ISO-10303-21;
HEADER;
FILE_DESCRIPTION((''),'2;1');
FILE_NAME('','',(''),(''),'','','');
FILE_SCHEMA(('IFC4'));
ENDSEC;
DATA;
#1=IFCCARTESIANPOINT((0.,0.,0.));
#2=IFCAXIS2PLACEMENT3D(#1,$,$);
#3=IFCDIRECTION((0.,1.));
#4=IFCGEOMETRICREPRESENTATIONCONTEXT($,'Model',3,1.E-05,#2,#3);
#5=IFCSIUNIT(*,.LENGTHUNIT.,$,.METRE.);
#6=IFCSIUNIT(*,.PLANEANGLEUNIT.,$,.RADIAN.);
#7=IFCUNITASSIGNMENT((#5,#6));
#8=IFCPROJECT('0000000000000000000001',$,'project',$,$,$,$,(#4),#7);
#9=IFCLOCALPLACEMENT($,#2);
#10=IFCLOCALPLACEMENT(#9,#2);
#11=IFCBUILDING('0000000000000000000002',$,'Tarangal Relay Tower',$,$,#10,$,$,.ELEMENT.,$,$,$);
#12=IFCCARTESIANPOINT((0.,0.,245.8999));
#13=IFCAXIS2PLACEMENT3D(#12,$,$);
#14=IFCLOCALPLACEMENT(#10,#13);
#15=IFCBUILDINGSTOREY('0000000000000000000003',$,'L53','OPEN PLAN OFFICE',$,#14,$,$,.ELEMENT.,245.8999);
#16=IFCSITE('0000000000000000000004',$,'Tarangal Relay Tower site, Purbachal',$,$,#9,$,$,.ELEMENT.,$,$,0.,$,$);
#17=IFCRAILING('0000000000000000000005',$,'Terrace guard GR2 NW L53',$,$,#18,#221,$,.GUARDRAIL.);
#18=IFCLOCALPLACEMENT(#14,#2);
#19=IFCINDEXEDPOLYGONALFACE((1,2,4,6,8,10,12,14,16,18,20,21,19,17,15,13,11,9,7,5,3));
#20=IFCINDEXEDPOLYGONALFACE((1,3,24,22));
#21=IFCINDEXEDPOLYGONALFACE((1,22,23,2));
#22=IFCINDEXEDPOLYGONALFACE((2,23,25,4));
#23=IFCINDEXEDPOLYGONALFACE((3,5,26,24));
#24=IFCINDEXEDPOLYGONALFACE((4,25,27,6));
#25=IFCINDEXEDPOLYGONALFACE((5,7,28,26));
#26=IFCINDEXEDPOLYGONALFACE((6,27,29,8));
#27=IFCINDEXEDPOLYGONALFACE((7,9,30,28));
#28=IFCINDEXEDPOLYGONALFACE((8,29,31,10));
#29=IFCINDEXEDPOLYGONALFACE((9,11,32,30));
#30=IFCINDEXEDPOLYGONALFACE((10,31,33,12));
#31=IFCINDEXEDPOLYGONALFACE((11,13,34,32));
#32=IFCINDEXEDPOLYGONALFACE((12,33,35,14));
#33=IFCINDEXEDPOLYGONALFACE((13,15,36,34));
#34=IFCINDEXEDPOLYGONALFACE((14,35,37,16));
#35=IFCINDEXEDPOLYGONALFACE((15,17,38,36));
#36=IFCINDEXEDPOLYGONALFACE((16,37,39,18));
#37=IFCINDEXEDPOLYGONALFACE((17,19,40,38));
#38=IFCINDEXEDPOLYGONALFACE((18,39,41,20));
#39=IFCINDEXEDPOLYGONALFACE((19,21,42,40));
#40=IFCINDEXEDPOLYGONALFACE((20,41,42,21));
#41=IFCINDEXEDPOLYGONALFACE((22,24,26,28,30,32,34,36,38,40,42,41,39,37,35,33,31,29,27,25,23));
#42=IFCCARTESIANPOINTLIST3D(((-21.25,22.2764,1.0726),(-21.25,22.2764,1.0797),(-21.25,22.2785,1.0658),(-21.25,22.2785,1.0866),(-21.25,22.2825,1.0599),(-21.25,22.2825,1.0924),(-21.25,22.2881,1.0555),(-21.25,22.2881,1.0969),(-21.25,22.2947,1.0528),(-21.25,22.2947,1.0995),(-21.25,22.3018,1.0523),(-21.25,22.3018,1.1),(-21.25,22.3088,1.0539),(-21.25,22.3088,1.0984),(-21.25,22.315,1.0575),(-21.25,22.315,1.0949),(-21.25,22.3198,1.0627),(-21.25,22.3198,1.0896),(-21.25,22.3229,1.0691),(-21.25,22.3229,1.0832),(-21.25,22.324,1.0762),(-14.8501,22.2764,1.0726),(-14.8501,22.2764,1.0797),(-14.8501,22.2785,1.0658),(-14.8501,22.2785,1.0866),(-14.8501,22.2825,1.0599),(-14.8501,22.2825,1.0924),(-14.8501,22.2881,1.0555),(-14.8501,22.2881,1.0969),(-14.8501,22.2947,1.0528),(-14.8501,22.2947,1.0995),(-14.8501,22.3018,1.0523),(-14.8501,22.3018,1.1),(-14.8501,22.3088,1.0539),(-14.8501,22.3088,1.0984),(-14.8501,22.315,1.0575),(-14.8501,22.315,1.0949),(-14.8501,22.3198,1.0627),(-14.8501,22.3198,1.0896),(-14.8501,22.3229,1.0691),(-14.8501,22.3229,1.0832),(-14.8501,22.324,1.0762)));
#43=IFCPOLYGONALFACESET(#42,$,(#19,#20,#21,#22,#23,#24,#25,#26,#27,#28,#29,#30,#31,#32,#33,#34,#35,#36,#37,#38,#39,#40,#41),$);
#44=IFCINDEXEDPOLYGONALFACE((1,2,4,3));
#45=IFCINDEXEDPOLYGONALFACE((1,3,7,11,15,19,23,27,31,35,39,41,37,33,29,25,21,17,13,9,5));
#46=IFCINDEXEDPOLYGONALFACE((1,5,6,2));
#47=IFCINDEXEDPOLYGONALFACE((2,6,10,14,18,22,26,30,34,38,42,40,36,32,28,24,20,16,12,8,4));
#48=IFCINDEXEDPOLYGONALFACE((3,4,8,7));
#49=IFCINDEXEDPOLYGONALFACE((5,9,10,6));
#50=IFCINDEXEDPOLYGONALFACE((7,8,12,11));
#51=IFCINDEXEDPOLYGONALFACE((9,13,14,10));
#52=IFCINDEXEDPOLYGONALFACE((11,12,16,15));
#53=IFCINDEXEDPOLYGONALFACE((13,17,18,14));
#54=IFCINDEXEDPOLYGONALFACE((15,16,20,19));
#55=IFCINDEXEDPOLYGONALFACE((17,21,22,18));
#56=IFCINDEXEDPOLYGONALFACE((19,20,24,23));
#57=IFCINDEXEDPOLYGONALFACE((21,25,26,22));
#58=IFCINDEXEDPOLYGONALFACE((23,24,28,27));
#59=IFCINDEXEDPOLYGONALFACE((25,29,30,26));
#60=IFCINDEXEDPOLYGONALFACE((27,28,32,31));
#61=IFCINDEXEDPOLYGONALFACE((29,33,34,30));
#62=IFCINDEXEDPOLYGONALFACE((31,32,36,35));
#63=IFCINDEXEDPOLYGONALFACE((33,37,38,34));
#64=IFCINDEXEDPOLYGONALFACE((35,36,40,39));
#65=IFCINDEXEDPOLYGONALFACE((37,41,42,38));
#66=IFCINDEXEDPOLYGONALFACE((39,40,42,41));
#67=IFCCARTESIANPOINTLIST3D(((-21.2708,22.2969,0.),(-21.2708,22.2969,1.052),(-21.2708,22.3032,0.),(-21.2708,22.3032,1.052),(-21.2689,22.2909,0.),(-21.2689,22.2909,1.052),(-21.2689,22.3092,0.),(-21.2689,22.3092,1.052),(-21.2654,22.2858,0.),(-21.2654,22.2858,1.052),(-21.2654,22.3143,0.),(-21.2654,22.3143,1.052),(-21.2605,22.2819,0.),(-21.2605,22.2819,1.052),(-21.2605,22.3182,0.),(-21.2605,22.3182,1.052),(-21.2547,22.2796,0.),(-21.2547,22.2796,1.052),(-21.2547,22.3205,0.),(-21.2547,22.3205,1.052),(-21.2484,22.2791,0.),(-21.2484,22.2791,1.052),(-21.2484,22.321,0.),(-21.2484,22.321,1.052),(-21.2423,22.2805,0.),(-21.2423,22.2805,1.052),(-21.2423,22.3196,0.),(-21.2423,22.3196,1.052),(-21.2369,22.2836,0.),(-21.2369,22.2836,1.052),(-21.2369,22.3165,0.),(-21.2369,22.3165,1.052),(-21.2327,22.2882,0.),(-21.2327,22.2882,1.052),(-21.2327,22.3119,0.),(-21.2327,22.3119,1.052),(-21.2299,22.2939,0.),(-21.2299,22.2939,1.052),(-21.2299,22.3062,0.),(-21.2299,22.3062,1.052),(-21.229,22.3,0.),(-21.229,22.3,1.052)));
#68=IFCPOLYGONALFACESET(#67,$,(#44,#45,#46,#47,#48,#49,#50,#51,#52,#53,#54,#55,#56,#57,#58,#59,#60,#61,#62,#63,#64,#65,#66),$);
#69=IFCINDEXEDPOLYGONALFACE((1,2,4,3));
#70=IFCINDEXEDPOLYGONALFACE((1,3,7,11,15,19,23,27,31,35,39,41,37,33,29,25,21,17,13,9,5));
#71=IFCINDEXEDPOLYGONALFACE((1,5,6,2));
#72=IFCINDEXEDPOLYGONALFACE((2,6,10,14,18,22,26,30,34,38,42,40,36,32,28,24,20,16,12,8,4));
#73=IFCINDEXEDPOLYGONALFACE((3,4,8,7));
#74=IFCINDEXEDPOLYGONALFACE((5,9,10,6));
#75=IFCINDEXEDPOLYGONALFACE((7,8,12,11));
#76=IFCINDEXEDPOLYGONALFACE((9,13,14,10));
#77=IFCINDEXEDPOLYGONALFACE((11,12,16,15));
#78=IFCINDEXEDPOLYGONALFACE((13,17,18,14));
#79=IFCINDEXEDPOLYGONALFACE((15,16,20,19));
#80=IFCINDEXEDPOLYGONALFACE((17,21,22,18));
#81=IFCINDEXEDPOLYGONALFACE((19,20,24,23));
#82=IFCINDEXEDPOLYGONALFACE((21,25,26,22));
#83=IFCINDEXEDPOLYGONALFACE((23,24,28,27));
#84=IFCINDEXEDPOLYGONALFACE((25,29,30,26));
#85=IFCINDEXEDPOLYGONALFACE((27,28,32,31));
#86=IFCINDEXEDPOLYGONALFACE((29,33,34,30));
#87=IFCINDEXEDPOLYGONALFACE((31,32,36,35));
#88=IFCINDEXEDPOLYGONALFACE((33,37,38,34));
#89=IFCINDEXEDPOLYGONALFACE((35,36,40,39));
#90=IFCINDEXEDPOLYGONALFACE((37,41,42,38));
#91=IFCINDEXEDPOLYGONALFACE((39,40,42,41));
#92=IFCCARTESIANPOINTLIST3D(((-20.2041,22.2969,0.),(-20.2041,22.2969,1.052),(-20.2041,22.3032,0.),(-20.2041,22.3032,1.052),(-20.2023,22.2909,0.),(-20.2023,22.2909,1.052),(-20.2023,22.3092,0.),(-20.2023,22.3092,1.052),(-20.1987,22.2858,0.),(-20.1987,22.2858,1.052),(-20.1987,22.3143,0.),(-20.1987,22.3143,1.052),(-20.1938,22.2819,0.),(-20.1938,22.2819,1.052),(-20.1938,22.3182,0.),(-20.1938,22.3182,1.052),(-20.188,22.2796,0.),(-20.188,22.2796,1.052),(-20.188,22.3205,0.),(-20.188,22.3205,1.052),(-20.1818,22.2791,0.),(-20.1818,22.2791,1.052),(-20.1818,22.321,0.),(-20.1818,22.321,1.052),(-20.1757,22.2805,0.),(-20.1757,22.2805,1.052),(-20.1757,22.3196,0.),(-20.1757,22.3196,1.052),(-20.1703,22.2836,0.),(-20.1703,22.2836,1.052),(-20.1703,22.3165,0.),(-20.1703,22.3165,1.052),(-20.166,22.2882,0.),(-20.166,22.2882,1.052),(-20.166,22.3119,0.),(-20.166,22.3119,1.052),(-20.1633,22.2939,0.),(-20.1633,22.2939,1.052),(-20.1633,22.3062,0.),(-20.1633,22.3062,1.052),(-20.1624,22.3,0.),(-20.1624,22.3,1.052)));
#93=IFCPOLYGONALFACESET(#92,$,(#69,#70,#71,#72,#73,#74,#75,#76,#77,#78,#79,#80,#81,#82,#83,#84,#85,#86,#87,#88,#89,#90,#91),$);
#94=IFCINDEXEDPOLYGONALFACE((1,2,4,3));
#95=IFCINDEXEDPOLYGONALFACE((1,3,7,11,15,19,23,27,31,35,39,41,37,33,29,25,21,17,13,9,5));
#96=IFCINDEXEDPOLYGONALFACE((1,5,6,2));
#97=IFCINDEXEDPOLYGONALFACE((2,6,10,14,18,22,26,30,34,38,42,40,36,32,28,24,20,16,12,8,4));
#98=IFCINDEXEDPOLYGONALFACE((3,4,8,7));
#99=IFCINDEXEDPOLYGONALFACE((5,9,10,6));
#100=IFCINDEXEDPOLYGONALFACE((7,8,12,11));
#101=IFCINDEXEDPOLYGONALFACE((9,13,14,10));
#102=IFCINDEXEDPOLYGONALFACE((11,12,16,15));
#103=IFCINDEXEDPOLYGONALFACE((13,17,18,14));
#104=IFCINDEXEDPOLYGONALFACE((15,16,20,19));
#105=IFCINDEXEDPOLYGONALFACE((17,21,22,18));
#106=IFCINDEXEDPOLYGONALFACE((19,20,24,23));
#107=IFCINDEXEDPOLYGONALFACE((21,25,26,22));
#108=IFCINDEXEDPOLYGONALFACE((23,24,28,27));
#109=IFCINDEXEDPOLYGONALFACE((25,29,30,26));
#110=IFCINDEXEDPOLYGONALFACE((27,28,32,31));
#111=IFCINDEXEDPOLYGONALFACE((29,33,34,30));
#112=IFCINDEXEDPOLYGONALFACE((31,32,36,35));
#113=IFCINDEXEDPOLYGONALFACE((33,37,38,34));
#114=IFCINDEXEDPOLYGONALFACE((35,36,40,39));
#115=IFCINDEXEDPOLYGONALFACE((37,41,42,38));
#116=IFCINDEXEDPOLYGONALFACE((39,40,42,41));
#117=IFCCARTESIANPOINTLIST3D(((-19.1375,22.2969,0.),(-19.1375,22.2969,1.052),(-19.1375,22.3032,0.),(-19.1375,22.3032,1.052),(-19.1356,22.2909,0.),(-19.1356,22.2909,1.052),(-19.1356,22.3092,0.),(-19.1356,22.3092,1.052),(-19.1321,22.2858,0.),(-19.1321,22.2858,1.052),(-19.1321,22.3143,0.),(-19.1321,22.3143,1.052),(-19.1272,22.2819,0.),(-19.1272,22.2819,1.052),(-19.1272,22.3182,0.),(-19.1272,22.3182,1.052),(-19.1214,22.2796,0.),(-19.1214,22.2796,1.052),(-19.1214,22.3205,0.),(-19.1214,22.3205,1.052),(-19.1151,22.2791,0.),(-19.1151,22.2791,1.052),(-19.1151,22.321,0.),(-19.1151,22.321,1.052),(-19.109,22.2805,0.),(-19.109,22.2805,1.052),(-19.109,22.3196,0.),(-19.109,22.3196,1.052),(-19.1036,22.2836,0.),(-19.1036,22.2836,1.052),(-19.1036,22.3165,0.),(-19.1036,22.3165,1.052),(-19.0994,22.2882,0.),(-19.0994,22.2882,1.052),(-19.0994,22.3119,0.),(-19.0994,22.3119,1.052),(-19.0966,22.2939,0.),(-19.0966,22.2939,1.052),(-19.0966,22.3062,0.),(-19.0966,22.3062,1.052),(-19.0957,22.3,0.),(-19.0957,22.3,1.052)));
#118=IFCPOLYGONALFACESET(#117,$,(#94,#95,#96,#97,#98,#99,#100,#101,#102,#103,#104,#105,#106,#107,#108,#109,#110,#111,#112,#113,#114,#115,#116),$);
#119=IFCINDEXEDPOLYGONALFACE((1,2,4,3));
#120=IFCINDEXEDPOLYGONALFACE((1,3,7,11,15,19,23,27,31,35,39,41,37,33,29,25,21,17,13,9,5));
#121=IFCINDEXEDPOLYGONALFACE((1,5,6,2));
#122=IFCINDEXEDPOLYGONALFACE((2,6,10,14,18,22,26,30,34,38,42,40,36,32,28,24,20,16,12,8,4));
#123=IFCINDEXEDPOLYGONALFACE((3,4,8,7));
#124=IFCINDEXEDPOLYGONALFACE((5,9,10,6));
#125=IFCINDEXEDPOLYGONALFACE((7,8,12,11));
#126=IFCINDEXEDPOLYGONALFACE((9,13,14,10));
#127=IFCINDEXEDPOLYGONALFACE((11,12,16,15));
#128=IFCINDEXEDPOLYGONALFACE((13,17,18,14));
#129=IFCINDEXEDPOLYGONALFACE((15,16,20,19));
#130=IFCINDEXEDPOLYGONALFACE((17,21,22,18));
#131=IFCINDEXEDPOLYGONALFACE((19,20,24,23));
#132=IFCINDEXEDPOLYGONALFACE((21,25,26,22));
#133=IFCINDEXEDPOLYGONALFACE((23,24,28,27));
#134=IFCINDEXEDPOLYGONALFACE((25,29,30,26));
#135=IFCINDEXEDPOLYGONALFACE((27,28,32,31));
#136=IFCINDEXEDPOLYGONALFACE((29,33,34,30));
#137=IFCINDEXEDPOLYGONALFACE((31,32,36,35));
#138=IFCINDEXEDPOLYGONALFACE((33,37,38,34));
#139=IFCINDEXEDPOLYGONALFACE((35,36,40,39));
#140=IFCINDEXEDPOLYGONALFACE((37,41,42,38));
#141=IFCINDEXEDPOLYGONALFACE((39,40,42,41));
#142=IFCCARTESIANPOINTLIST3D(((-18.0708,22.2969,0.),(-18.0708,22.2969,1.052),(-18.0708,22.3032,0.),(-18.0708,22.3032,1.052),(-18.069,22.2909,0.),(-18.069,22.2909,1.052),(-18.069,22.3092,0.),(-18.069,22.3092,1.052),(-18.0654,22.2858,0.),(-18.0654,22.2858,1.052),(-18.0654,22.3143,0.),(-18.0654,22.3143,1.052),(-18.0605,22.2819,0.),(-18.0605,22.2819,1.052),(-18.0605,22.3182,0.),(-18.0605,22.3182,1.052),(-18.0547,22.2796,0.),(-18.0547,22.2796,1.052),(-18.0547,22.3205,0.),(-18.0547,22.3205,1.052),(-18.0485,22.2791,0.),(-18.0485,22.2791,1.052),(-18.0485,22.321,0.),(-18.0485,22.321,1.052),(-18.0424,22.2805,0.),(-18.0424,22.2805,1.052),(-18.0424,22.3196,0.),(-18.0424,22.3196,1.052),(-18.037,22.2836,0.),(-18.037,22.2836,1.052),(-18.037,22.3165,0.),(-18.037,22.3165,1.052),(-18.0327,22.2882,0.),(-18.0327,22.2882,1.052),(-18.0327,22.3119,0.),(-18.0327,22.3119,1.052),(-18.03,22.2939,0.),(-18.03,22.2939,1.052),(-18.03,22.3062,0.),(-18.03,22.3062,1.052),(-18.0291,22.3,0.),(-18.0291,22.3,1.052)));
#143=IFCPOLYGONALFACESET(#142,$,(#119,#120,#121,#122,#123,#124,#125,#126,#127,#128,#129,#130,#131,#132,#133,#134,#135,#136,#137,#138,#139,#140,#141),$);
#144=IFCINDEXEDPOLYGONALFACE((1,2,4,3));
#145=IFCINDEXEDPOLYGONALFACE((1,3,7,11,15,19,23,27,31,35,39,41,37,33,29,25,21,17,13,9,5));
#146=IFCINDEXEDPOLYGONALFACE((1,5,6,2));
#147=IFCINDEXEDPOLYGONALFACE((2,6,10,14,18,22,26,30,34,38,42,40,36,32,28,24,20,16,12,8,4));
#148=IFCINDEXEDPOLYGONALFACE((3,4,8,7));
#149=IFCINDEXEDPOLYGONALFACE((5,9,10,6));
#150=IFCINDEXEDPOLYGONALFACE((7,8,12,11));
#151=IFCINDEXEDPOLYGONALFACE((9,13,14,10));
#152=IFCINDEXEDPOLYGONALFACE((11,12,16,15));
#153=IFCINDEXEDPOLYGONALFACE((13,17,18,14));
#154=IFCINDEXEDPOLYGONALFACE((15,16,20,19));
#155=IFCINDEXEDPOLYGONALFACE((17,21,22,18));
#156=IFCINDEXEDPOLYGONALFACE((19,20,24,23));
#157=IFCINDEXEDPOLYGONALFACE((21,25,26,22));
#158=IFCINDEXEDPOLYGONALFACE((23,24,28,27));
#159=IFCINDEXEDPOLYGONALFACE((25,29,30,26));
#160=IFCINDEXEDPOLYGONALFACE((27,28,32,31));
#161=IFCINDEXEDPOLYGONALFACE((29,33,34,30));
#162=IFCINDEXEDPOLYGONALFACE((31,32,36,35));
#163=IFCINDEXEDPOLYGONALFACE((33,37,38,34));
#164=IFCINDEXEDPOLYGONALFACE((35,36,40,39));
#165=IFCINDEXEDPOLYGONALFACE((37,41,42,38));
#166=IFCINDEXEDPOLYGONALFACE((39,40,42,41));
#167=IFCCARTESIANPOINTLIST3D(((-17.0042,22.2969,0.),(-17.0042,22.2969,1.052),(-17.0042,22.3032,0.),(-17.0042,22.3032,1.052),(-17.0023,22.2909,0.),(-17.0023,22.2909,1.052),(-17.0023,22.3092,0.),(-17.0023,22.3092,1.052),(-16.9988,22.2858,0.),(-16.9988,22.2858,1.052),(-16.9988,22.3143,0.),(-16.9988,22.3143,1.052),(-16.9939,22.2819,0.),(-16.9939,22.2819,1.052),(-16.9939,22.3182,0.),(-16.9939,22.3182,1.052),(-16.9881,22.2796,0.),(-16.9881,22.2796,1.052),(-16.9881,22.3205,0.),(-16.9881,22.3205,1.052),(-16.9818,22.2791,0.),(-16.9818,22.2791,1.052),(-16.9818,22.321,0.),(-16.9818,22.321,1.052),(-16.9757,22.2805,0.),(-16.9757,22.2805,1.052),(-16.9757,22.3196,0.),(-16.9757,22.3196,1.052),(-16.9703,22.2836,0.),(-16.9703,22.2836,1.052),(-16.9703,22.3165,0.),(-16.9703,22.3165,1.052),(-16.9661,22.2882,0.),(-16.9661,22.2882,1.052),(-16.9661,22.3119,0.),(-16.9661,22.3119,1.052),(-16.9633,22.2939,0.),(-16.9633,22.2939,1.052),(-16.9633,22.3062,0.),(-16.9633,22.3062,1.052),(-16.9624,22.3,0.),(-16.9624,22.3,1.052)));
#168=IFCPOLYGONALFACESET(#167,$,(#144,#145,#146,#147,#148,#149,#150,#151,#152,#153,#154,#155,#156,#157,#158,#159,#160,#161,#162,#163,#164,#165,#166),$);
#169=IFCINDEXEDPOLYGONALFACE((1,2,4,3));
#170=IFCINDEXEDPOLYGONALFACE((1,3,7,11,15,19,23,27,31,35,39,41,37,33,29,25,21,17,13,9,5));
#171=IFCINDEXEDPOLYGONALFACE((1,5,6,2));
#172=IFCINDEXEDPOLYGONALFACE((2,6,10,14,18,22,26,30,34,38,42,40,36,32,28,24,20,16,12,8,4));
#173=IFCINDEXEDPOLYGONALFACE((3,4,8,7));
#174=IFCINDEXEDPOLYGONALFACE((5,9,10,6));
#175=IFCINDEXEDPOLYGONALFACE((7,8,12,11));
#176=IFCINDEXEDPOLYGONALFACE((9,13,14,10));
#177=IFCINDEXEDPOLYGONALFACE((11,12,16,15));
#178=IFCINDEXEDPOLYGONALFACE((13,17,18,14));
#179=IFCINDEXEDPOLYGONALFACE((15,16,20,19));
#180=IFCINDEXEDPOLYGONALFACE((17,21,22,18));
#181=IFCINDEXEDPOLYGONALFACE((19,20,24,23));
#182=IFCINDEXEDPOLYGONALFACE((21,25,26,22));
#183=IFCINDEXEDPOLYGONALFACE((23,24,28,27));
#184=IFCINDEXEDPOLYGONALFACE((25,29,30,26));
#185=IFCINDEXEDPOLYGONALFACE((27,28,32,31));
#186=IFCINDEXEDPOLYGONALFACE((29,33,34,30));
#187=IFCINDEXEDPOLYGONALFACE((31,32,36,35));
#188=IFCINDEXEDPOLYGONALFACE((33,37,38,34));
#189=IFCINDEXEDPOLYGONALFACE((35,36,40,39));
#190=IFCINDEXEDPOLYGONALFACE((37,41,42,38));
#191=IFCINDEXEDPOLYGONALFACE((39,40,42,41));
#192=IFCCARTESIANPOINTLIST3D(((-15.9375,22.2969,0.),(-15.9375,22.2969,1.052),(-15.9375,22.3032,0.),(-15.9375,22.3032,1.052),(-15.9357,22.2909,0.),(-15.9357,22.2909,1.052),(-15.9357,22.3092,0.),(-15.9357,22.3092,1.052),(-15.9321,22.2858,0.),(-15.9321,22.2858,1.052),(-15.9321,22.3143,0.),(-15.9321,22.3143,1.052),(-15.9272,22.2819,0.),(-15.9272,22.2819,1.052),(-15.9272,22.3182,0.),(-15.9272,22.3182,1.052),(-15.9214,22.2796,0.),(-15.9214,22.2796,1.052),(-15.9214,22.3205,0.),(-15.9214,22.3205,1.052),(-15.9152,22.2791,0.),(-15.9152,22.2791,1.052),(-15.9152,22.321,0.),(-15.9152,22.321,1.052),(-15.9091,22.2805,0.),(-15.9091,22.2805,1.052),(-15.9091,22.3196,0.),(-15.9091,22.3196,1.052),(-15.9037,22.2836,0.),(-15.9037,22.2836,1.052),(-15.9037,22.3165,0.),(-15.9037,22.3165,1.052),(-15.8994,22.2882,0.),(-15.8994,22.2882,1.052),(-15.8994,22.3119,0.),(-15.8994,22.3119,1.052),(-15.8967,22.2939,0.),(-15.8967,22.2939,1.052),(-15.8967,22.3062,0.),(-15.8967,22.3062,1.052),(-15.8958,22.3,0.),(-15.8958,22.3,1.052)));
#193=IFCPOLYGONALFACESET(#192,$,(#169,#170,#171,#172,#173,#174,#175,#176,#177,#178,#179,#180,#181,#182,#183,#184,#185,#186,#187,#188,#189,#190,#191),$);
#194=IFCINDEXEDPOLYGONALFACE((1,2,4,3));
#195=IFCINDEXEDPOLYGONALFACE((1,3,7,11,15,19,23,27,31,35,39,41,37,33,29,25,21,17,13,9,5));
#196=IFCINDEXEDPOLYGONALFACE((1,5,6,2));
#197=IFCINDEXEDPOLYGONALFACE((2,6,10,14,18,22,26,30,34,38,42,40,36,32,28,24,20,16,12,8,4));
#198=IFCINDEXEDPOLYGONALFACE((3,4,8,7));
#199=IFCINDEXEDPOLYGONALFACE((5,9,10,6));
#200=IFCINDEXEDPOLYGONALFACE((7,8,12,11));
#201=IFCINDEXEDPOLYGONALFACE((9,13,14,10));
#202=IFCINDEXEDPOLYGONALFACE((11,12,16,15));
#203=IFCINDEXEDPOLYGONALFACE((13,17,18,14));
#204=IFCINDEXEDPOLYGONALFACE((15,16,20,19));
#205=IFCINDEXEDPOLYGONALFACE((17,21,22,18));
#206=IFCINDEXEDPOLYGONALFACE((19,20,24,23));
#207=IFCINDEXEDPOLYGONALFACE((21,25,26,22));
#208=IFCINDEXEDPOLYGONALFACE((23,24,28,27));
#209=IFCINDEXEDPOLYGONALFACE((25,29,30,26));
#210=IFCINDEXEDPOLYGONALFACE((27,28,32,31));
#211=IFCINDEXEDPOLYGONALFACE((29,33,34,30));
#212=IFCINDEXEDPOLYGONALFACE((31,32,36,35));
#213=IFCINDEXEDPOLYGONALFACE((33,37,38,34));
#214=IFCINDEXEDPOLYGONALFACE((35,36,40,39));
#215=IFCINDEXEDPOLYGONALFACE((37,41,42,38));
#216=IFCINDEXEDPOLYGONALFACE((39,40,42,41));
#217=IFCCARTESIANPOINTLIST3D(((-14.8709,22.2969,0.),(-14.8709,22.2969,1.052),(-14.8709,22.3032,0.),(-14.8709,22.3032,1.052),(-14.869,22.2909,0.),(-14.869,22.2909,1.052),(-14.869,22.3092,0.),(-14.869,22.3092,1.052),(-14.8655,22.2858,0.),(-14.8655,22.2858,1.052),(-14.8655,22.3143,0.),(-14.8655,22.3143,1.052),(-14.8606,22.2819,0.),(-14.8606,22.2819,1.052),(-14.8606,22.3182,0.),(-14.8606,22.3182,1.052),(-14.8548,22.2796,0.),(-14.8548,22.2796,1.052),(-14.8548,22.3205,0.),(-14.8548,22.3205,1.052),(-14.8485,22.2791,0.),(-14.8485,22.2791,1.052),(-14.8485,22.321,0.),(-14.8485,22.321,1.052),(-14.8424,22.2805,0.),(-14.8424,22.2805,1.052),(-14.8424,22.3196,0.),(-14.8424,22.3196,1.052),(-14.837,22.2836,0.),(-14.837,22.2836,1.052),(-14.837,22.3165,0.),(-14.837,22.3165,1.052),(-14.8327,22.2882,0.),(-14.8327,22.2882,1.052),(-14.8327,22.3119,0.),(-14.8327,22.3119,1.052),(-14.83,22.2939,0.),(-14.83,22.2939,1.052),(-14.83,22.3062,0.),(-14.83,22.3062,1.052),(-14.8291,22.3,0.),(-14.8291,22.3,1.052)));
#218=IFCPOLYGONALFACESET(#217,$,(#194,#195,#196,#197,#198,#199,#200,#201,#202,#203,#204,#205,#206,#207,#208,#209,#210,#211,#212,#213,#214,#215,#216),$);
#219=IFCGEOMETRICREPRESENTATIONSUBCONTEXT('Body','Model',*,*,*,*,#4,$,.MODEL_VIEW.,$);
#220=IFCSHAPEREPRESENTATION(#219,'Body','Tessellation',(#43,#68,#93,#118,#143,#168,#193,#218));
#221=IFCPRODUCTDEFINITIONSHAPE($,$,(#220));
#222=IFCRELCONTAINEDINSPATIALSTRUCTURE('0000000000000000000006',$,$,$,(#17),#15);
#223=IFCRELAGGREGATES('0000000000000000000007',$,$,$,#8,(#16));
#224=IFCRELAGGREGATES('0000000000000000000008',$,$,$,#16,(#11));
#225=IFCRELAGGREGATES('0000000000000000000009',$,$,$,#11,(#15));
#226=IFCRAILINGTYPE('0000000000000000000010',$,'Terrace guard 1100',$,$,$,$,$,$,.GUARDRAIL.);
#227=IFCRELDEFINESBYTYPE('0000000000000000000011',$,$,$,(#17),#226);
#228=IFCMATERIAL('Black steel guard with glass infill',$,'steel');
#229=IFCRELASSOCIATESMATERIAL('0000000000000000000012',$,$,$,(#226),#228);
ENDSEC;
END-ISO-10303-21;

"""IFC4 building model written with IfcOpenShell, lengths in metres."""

from ifc_helpers import new_model, si_unit, direction, frame, origin, origin_2d, place, context, subcontext, project, spatial, circle, extrude, material, type_object, element, save


model = new_model("IFC4")

# Units and contexts
model_context = context("Model", 3, precision=1e-05, world=origin(), true_north=direction((0.0, 1.0)))
body_context = subcontext(model_context, "Body", "Model", "MODEL_VIEW")
ifc_project = project(units=[si_unit("LENGTHUNIT", "METRE"), si_unit("PLANEANGLEUNIT", "RADIAN")], contexts=[model_context])

# Site, building, storey
site_placement = place(None, origin())
site = spatial("IfcSite", under=ifc_project, at=site_placement, Name="Tarangal Relay Tower site, Purbachal", CompositionType="ELEMENT", RefElevation=0.0)
building_placement = place(site_placement, origin())
building = spatial("IfcBuilding", under=site, at=building_placement, Name="Tarangal Relay Tower", CompositionType="ELEMENT")
storey_placement = place(building_placement, frame((0.0, 0.0, 245.8999)))
storey = spatial("IfcBuildingStorey", under=building, at=storey_placement, Name="L53", Description="OPEN PLAN OFFICE", CompositionType="ELEMENT", Elevation=245.8999)

# Railing
ifc_material_1 = material(Name="Black steel guard with glass infill", Category="steel")
railing_type = type_object("IfcRailingType", Name="Terrace guard 1100", PredefinedType="GUARDRAIL", material=ifc_material_1)
railing_1_placement = place(storey_placement, frame((-21.25, 22.3, 0.0)))
element("IfcRailing", 1, at=railing_1_placement, inside=storey, type_object=railing_type, Name="Terrace guard GR2 NW L53", PredefinedType="GUARDRAIL", context=body_context, shape_type="SweptSolid", body=[
    extrude(circle(Radius=0.0239, at=origin_2d()), frame((0.0, 0.0, 1.0762), z_axis=(1.0, 0.0, 0.0), x_axis=(0.0, 1.0, 0.0)), (0.0, 0.0, 1.0), 6.3999),
    extrude(circle(Radius=0.021, at=origin_2d()), origin(), (0.0, 0.0, 1.0), 1.052),
    extrude(circle(Radius=0.021, at=origin_2d()), frame((1.0667, 0.0, 0.0)), (0.0, 0.0, 1.0), 1.052),
    extrude(circle(Radius=0.021, at=origin_2d()), frame((2.1333, 0.0, 0.0)), (0.0, 0.0, 1.0), 1.052),
    extrude(circle(Radius=0.021, at=origin_2d()), frame((3.2, 0.0, 0.0)), (0.0, 0.0, 1.0), 1.052),
    extrude(circle(Radius=0.021, at=origin_2d()), frame((4.2666, 0.0, 0.0)), (0.0, 0.0, 1.0), 1.052),
    extrude(circle(Radius=0.021, at=origin_2d()), frame((5.3333, 0.0, 0.0)), (0.0, 0.0, 1.0), 1.052),
    extrude(circle(Radius=0.021, at=origin_2d()), frame((6.3999, 0.0, 0.0)), (0.0, 0.0, 1.0), 1.052),
])

save(model, "model.ifc")
